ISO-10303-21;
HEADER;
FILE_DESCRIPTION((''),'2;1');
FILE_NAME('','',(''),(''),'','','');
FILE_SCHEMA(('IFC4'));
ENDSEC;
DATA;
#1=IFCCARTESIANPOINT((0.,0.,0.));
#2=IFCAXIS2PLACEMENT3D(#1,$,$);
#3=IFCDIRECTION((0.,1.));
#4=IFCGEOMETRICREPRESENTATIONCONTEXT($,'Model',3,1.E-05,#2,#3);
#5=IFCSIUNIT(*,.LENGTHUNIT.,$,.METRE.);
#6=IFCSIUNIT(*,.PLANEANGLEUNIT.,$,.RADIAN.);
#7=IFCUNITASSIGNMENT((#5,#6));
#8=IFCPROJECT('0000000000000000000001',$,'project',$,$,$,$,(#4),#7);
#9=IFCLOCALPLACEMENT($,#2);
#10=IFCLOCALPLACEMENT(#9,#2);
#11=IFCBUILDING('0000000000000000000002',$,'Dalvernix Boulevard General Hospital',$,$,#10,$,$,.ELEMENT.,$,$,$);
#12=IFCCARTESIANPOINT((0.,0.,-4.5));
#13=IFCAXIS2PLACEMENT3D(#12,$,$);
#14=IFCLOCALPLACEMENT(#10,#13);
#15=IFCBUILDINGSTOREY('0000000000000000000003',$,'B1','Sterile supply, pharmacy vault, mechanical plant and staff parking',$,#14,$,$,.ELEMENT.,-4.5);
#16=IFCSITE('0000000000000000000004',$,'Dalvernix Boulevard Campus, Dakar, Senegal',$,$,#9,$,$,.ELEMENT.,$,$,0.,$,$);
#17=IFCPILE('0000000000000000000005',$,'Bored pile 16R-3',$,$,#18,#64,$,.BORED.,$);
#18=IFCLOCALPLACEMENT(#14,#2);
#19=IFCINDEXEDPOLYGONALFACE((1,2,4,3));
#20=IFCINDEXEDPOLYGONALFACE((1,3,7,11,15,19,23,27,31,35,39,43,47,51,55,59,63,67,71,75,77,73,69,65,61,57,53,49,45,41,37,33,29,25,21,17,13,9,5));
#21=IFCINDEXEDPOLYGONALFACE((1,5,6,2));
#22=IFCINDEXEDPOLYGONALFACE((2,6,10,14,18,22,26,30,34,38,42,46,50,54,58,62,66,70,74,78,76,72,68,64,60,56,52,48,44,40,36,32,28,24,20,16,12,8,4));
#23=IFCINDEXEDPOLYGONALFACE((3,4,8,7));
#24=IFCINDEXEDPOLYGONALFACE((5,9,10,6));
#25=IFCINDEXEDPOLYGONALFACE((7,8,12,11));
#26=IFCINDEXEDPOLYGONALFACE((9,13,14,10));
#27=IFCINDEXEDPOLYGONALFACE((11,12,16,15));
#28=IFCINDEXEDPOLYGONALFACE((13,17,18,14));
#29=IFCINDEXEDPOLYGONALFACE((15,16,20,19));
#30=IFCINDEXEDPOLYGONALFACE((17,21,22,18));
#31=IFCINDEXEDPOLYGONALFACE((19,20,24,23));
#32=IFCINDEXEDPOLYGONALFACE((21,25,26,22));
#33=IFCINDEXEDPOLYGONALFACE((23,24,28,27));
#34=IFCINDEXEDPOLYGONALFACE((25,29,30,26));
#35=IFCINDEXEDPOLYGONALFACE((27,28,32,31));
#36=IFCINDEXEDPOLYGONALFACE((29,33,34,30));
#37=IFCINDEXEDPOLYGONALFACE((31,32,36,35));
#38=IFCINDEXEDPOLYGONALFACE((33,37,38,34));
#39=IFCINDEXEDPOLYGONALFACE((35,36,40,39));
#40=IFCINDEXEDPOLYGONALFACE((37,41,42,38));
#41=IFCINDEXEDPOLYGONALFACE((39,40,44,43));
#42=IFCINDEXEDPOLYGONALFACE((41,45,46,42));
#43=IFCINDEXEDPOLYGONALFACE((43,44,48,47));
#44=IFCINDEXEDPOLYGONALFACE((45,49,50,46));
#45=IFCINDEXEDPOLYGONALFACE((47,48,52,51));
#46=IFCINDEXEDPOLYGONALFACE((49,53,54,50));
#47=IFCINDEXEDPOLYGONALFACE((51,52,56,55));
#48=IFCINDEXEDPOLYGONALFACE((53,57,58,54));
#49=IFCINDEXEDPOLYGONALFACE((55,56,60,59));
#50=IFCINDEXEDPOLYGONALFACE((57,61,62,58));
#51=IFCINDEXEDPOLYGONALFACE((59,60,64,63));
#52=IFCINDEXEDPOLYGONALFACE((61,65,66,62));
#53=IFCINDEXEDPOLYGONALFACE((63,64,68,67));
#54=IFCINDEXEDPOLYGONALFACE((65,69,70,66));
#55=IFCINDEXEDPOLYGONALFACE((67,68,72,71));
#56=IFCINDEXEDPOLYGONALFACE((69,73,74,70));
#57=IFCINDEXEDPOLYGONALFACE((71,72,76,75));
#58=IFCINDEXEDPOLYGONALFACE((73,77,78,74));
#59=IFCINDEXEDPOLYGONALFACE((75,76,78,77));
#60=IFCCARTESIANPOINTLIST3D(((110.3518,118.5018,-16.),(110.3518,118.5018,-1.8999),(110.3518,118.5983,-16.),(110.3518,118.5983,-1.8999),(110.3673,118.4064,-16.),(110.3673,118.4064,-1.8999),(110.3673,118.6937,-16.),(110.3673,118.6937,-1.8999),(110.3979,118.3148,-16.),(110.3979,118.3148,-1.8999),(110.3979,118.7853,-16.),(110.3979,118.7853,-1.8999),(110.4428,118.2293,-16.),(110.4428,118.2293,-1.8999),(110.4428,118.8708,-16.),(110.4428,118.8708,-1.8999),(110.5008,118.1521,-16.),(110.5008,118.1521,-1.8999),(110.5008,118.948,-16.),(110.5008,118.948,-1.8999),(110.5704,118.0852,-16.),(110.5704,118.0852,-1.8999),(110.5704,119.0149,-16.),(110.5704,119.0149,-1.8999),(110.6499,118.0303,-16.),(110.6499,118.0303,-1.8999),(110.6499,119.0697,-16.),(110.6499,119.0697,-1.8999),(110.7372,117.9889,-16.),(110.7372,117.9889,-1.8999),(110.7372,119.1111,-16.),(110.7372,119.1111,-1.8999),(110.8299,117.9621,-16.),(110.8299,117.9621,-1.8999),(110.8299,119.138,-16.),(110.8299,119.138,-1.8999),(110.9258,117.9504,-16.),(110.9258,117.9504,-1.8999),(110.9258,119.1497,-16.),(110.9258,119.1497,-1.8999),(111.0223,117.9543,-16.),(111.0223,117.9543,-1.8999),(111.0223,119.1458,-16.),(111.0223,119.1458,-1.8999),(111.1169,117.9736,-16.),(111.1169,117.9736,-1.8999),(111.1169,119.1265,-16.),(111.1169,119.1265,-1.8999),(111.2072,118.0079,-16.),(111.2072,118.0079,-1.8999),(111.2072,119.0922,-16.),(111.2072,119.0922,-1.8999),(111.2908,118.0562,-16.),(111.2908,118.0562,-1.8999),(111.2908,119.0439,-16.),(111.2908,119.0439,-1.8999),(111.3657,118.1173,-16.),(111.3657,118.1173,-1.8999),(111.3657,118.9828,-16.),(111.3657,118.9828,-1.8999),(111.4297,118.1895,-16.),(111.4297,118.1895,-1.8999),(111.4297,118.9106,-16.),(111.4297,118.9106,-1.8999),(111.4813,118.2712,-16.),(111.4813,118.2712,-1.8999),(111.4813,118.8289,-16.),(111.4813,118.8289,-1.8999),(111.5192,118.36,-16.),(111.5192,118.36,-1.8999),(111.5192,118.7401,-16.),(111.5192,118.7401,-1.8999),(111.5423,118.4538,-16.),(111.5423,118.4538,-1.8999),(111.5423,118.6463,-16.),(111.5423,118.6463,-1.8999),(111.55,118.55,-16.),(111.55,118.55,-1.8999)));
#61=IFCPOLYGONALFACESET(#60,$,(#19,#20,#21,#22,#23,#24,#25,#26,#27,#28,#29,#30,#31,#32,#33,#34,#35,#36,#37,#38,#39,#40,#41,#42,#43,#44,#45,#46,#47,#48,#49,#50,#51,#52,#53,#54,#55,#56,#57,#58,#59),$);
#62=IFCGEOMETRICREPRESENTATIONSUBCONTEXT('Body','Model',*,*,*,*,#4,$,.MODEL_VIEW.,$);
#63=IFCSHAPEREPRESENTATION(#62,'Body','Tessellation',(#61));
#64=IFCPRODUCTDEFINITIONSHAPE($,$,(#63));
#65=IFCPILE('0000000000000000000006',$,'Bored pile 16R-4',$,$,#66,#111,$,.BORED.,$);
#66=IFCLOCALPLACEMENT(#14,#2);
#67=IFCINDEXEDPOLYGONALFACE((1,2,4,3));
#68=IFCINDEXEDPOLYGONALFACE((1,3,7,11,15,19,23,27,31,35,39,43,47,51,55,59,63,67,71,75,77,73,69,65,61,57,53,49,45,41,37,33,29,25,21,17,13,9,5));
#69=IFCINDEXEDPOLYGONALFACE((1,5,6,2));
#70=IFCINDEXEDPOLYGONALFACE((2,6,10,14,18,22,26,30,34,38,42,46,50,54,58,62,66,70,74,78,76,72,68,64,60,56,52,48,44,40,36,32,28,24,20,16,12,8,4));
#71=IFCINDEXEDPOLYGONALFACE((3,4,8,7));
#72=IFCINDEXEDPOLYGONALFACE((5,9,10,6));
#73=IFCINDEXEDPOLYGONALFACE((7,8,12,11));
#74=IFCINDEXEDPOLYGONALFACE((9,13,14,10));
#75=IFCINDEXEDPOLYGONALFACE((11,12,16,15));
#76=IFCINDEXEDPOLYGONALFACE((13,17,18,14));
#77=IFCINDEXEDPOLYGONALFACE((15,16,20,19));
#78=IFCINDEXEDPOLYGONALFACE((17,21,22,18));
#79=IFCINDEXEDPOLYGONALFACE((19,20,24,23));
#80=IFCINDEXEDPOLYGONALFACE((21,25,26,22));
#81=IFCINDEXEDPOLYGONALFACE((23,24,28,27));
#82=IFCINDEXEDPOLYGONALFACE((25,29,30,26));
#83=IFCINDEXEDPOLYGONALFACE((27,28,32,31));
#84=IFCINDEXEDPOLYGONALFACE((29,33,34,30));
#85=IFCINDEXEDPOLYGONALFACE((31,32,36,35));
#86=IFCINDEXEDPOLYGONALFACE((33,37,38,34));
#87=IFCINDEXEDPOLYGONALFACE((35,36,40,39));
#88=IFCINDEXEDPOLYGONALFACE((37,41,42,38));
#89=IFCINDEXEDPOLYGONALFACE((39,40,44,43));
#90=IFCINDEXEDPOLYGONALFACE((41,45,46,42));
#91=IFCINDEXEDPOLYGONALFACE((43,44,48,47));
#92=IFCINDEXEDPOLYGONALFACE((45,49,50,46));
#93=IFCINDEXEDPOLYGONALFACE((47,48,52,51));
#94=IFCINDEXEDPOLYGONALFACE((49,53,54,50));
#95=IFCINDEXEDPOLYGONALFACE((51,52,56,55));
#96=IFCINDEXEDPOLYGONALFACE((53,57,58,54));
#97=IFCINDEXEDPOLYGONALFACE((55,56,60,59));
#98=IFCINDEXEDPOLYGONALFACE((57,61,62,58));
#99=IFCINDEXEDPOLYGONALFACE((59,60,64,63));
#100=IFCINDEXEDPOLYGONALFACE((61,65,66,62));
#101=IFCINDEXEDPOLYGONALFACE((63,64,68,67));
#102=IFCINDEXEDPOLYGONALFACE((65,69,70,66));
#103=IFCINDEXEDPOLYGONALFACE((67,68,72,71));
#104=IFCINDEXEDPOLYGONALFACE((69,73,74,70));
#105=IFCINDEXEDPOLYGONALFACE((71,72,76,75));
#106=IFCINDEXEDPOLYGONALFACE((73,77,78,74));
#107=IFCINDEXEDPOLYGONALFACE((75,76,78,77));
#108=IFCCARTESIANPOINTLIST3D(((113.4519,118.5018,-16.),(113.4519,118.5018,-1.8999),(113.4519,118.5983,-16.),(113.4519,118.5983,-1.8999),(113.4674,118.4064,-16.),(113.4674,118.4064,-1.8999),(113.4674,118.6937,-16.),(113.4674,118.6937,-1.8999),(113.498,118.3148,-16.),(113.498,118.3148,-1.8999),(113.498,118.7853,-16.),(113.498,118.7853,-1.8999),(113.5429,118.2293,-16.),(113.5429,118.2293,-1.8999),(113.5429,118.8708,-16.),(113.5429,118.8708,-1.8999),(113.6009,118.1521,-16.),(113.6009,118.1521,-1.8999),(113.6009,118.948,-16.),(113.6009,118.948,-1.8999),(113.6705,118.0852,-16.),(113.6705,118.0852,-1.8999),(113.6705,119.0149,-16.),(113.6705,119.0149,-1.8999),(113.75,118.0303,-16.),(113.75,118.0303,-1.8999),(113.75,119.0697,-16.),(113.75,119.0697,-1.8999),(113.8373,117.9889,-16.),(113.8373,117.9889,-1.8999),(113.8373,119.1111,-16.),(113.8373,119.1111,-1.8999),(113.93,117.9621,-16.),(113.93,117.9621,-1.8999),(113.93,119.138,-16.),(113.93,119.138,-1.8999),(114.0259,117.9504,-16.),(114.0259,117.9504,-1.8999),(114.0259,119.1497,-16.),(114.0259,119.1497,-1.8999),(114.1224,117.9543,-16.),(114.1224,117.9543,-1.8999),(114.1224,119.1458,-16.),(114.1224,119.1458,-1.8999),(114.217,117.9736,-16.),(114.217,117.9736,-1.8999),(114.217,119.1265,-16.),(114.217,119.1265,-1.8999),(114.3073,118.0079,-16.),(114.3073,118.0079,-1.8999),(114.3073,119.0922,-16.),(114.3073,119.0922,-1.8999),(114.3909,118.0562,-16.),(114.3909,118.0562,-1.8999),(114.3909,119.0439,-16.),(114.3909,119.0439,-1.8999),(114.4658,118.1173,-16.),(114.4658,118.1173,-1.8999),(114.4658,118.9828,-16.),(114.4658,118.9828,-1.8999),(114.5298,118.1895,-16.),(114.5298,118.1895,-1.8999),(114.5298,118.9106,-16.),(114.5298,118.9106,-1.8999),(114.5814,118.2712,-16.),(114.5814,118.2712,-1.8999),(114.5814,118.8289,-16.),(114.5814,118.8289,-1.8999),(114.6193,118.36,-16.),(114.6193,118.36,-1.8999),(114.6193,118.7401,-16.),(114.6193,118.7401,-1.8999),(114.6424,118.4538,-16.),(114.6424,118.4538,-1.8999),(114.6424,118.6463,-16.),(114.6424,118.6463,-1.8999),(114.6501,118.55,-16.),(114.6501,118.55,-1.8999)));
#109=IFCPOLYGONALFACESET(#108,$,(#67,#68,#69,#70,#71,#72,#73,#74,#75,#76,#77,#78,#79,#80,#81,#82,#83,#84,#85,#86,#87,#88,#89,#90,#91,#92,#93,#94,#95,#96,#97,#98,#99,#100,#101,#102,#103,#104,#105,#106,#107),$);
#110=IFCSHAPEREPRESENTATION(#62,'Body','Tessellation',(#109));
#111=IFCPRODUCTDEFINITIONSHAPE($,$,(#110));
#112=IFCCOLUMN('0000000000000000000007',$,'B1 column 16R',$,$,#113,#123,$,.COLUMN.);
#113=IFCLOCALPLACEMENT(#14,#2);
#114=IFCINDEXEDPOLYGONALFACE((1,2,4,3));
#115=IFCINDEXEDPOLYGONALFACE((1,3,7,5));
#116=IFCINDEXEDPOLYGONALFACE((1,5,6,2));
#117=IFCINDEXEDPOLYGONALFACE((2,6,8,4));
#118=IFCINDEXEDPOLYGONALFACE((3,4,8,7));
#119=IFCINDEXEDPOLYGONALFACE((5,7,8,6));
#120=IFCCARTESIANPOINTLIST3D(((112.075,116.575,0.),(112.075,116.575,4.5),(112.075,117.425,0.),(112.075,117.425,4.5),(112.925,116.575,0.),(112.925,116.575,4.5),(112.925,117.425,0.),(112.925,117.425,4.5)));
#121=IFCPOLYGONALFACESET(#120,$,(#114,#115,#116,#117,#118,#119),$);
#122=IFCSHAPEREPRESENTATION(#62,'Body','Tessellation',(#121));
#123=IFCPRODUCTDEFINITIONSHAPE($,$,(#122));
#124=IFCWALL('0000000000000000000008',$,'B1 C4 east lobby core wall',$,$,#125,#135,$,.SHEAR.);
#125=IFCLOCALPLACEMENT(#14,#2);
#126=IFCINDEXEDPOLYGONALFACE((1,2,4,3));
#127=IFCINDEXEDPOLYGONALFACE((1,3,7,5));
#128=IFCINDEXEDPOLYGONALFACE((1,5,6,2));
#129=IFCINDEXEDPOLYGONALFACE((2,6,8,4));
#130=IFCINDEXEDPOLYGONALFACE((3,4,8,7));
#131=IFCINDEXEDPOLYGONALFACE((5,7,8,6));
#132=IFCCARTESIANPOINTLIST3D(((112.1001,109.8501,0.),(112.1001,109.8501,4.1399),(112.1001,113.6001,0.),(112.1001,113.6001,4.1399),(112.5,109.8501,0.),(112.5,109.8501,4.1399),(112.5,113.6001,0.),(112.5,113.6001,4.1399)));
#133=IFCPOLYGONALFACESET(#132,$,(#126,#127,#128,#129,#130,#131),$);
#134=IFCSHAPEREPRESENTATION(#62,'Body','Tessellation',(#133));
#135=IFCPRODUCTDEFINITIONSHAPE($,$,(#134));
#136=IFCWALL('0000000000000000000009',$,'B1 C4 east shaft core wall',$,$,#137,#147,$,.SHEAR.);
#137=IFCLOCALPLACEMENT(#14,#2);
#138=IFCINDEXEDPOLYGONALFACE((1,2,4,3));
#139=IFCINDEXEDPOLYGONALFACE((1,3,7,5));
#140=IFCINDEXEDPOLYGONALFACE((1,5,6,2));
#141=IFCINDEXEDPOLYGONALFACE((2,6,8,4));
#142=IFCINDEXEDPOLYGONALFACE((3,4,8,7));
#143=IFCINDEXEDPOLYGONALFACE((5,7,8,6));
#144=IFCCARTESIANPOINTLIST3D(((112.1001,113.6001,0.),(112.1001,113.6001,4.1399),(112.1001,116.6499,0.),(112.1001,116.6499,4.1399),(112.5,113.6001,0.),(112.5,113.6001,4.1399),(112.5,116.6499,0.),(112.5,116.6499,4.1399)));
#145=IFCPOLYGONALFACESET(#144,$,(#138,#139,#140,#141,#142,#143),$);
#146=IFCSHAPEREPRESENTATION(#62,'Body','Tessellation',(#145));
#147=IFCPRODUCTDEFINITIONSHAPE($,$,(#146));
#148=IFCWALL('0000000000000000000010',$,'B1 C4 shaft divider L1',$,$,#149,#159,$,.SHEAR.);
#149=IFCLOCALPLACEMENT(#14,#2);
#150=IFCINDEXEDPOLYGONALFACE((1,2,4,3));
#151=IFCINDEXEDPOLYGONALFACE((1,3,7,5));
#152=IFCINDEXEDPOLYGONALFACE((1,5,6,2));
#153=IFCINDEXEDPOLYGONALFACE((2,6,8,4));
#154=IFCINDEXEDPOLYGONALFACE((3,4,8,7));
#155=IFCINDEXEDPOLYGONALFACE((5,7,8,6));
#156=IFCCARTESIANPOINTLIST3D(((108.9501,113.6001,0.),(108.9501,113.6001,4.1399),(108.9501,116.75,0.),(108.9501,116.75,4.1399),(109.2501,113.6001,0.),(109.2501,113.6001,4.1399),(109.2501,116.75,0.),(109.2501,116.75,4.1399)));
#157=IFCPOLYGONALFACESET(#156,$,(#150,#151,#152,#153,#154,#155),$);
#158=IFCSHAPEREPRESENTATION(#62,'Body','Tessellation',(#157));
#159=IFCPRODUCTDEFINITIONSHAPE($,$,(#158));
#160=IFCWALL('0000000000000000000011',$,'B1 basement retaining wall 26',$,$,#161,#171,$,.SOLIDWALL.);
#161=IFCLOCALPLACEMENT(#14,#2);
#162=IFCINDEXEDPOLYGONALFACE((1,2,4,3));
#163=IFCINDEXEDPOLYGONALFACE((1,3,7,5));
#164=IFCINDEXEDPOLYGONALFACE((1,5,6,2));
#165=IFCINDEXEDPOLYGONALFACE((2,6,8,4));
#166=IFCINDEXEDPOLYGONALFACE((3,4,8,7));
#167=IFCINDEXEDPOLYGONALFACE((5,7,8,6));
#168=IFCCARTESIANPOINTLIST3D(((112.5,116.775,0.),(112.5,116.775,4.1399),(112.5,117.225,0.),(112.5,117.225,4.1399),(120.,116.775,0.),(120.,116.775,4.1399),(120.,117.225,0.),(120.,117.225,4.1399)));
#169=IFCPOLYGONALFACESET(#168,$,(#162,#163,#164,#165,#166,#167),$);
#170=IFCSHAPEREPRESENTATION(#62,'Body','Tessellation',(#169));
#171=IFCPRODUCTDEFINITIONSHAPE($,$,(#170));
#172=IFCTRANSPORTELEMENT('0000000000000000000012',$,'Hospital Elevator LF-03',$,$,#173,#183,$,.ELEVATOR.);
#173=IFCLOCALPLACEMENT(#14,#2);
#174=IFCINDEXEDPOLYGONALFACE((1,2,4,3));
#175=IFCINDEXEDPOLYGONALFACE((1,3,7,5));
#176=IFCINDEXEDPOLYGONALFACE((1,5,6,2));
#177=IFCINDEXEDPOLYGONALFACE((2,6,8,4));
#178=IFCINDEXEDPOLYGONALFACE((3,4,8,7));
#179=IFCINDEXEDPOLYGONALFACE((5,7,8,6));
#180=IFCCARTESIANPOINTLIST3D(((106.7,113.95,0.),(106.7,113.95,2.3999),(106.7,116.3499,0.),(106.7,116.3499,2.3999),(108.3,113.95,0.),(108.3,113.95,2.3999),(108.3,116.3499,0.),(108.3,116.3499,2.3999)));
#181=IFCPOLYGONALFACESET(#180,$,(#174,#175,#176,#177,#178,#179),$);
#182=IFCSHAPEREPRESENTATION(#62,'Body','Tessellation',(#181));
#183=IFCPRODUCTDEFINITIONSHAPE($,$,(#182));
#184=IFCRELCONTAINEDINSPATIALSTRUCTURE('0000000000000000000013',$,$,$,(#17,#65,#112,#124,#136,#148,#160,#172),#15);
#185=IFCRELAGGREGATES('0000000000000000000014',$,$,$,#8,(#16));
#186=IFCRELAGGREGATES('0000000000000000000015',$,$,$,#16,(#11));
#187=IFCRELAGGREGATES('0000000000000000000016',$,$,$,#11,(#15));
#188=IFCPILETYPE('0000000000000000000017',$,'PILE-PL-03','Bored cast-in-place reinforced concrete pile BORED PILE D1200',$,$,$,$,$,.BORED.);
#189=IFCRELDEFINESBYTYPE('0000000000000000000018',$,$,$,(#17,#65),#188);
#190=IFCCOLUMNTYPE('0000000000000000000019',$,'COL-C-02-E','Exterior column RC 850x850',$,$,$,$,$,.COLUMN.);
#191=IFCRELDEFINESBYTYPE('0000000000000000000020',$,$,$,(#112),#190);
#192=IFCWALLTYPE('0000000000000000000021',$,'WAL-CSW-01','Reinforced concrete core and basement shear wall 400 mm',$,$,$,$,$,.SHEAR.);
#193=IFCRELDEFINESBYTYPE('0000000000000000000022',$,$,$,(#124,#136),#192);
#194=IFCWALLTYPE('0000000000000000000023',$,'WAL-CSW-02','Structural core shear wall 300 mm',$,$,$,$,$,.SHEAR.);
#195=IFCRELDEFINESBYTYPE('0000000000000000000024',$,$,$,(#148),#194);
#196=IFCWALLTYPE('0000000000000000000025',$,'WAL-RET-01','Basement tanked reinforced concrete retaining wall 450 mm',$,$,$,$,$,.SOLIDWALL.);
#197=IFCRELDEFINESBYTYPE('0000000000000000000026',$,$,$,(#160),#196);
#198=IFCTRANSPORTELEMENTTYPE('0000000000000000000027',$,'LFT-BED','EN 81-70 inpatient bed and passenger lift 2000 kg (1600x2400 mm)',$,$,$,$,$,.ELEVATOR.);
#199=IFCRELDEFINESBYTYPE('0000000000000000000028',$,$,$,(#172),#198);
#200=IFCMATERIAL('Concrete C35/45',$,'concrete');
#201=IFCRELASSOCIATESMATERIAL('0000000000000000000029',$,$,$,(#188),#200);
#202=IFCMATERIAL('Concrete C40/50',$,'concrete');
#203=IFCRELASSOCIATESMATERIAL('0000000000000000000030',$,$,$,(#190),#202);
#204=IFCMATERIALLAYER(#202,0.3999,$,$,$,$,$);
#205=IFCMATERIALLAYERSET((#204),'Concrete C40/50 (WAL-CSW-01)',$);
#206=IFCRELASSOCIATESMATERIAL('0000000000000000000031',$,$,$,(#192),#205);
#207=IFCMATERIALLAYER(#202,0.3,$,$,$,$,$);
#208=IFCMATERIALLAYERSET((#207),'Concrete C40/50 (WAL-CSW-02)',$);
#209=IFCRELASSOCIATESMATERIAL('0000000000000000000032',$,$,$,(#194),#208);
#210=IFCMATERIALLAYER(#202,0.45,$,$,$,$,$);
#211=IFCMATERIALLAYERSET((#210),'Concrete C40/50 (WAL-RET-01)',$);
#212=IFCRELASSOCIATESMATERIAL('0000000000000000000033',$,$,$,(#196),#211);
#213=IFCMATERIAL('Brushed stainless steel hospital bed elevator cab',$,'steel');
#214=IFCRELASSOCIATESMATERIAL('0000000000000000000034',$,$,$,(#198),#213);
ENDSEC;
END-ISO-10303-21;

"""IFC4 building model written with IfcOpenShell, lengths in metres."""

from ifc_helpers import new_model, si_unit, direction, frame, frame_2d, origin, origin_2d, place, context, subcontext, project, spatial, rectangle, circle, extrude, material, layer, layer_set, material_profile, profile_set, type_object, element, save


model = new_model("IFC4")

# Units and contexts
model_context = context("Model", 3, precision=1e-05, world=origin(), true_north=direction((0.0, 1.0)))
body_context = subcontext(model_context, "Body", "Model", "MODEL_VIEW")
ifc_project = project(units=[si_unit("LENGTHUNIT", "METRE"), si_unit("PLANEANGLEUNIT", "RADIAN")], contexts=[model_context])

# Site, building, storey
site_placement = place(None, origin())
site = spatial("IfcSite", under=ifc_project, at=site_placement, Name="Dalvernix Boulevard Campus, Dakar, Senegal", CompositionType="ELEMENT", RefElevation=0.0)
building_placement = place(site_placement, origin())
building = spatial("IfcBuilding", under=site, at=building_placement, Name="Dalvernix Boulevard General Hospital", CompositionType="ELEMENT")
storey_placement = place(building_placement, frame((0.0, 0.0, -4.5)))
storey = spatial("IfcBuildingStorey", under=building, at=storey_placement, Name="B1", Description="Sterile supply, pharmacy vault, mechanical plant and staff parking", CompositionType="ELEMENT", Elevation=-4.5)

# Shared definitions
ifc_material_1 = material(Name="Concrete C35/45", Category="concrete")
ifc_material_2 = material(Name="Concrete C40/50", Category="concrete")

# Piles
ifc_material_profile_1 = material_profile(ifc_material_1, circle(Radius=0.6001, at=origin_2d()), Name="BORED PILE D1200")
ifc_profile_set_1 = profile_set([ifc_material_profile_1], Name="Concrete C35/45")
pile_type_1 = type_object("IfcPileType", Name="PILE-PL-03", Description="Bored cast-in-place reinforced concrete pile BORED PILE D1200", PredefinedType="BORED", material=ifc_profile_set_1)
for number, where, z_axis, x_axis, name in (
    (1, (110.95, 118.55, -1.8999), (0.0, 0.0, -1.0), (1.0, 0.0, 0.0), "Bored pile 16R-3"),
    (2, (114.05, 118.55, -1.8999), (0.0, 0.0, -1.0), (1.0, 0.0, 0.0), "Bored pile 16R-4"),
):
    element("IfcPile", number, at=place(storey_placement, frame(where, z_axis=z_axis, x_axis=x_axis)), inside=storey, type_object=pile_type_1, Name=name, PredefinedType="BORED", context=body_context, shape_type="SweptSolid", body=[
        extrude(circle(Radius=0.6001, at=origin_2d()), origin(), (0.0, 0.0, 1.0), 14.1001),
    ])

# Column
ifc_material_profile_2 = material_profile(ifc_material_2, rectangle(XDim=0.8501, YDim=0.8501, at=origin_2d()), Name="RC 850x850")
ifc_profile_set_2 = profile_set([ifc_material_profile_2], Name="Concrete C40/50")
column_type = type_object("IfcColumnType", Name="COL-C-02-E", Description="Exterior column RC 850x850", PredefinedType="COLUMN", material=ifc_profile_set_2)
column_placement = place(storey_placement, frame((112.5, 117.0, 0.0), z_axis=(0.0, 0.0, 1.0), x_axis=(1.0, 0.0, 0.0)))
element("IfcColumn", 3, at=column_placement, inside=storey, type_object=column_type, Name="B1 column 16R", PredefinedType="COLUMN", context=body_context, shape_type="SweptSolid", body=[
    extrude(rectangle(XDim=0.8501, YDim=0.8501, at=origin_2d()), origin(), (0.0, 0.0, 1.0), 4.5),
])

# Walls
ifc_layer_1 = layer(ifc_material_2, 0.3999)
ifc_layer_set_1 = layer_set([ifc_layer_1], Name="Concrete C40/50 (WAL-CSW-01)")
wall_type_1 = type_object("IfcWallType", Name="WAL-CSW-01", Description="Reinforced concrete core and basement shear wall 400 mm", PredefinedType="SHEAR", material=ifc_layer_set_1)
wall_1_placement = place(storey_placement, frame((112.3, 109.8501, 0.0), z_axis=(0.0, 0.0, 1.0), x_axis=(0.0, 1.0, 0.0)))
element("IfcWall", 4, at=wall_1_placement, inside=storey, type_object=wall_type_1, Name="B1 C4 east lobby core wall", PredefinedType="SHEAR", context=body_context, shape_type="SweptSolid", body=[
    extrude(rectangle(XDim=3.75, YDim=0.3999, at=frame_2d((1.875, 0.0))), origin(), (0.0, 0.0, 1.0), 4.1399),
])
wall_2_placement = place(storey_placement, frame((112.3, 113.6001, 0.0), z_axis=(0.0, 0.0, 1.0), x_axis=(0.0, 1.0, 0.0)))
element("IfcWall", 5, at=wall_2_placement, inside=storey, type_object=wall_type_1, Name="B1 C4 east shaft core wall", PredefinedType="SHEAR", context=body_context, shape_type="SweptSolid", body=[
    extrude(rectangle(XDim=3.0498, YDim=0.3999, at=frame_2d((1.5249, 0.0))), origin(), (0.0, 0.0, 1.0), 4.1399),
])
ifc_layer_2 = layer(ifc_material_2, 0.3)
ifc_layer_set_2 = layer_set([ifc_layer_2], Name="Concrete C40/50 (WAL-CSW-02)")
wall_type_2 = type_object("IfcWallType", Name="WAL-CSW-02", Description="Structural core shear wall 300 mm", PredefinedType="SHEAR", material=ifc_layer_set_2)
wall_3_placement = place(storey_placement, frame((109.1001, 113.6001, 0.0), z_axis=(0.0, 0.0, 1.0), x_axis=(0.0, 1.0, 0.0)))
element("IfcWall", 6, at=wall_3_placement, inside=storey, type_object=wall_type_2, Name="B1 C4 shaft divider L1", PredefinedType="SHEAR", context=body_context, shape_type="SweptSolid", body=[
    extrude(rectangle(XDim=3.1499, YDim=0.3, at=frame_2d((1.575, 0.0))), origin(), (0.0, 0.0, 1.0), 4.1399),
])
ifc_layer_3 = layer(ifc_material_2, 0.45)
ifc_layer_set_3 = layer_set([ifc_layer_3], Name="Concrete C40/50 (WAL-RET-01)")
wall_type_3 = type_object("IfcWallType", Name="WAL-RET-01", Description="Basement tanked reinforced concrete retaining wall 450 mm", PredefinedType="SOLIDWALL", material=ifc_layer_set_3)
wall_4_placement = place(storey_placement, frame((112.5, 117.0, 0.0), z_axis=(0.0, 0.0, 1.0), x_axis=(1.0, 0.0, 0.0)))
element("IfcWall", 7, at=wall_4_placement, inside=storey, type_object=wall_type_3, Name="B1 basement retaining wall 26", PredefinedType="SOLIDWALL", context=body_context, shape_type="SweptSolid", body=[
    extrude(rectangle(XDim=7.5, YDim=0.45, at=frame_2d((3.75, 0.0))), origin(), (0.0, 0.0, 1.0), 4.1399),
])

# Transport element
ifc_material_3 = material(Name="Brushed stainless steel hospital bed elevator cab", Category="steel")
transport_element_type_1 = type_object("IfcTransportElementType", Name="LFT-BED", Description="EN 81-70 inpatient bed and passenger lift 2000 kg (1600x2400 mm)", PredefinedType="ELEVATOR", material=ifc_material_3)
transport_element_1_placement = place(storey_placement, frame((107.5, 115.1499, 0.0), z_axis=(0.0, 0.0, 1.0), x_axis=(1.0, 0.0, 0.0)))
element("IfcTransportElement", 8, at=transport_element_1_placement, inside=storey, type_object=transport_element_type_1, Name="Hospital Elevator LF-03", PredefinedType="ELEVATOR", context=body_context, shape_type="SweptSolid", body=[
    extrude(rectangle(XDim=1.6001, YDim=2.3999, at=origin_2d()), origin(), (0.0, 0.0, 1.0), 2.3999),
])

save(model, "model.ifc")
